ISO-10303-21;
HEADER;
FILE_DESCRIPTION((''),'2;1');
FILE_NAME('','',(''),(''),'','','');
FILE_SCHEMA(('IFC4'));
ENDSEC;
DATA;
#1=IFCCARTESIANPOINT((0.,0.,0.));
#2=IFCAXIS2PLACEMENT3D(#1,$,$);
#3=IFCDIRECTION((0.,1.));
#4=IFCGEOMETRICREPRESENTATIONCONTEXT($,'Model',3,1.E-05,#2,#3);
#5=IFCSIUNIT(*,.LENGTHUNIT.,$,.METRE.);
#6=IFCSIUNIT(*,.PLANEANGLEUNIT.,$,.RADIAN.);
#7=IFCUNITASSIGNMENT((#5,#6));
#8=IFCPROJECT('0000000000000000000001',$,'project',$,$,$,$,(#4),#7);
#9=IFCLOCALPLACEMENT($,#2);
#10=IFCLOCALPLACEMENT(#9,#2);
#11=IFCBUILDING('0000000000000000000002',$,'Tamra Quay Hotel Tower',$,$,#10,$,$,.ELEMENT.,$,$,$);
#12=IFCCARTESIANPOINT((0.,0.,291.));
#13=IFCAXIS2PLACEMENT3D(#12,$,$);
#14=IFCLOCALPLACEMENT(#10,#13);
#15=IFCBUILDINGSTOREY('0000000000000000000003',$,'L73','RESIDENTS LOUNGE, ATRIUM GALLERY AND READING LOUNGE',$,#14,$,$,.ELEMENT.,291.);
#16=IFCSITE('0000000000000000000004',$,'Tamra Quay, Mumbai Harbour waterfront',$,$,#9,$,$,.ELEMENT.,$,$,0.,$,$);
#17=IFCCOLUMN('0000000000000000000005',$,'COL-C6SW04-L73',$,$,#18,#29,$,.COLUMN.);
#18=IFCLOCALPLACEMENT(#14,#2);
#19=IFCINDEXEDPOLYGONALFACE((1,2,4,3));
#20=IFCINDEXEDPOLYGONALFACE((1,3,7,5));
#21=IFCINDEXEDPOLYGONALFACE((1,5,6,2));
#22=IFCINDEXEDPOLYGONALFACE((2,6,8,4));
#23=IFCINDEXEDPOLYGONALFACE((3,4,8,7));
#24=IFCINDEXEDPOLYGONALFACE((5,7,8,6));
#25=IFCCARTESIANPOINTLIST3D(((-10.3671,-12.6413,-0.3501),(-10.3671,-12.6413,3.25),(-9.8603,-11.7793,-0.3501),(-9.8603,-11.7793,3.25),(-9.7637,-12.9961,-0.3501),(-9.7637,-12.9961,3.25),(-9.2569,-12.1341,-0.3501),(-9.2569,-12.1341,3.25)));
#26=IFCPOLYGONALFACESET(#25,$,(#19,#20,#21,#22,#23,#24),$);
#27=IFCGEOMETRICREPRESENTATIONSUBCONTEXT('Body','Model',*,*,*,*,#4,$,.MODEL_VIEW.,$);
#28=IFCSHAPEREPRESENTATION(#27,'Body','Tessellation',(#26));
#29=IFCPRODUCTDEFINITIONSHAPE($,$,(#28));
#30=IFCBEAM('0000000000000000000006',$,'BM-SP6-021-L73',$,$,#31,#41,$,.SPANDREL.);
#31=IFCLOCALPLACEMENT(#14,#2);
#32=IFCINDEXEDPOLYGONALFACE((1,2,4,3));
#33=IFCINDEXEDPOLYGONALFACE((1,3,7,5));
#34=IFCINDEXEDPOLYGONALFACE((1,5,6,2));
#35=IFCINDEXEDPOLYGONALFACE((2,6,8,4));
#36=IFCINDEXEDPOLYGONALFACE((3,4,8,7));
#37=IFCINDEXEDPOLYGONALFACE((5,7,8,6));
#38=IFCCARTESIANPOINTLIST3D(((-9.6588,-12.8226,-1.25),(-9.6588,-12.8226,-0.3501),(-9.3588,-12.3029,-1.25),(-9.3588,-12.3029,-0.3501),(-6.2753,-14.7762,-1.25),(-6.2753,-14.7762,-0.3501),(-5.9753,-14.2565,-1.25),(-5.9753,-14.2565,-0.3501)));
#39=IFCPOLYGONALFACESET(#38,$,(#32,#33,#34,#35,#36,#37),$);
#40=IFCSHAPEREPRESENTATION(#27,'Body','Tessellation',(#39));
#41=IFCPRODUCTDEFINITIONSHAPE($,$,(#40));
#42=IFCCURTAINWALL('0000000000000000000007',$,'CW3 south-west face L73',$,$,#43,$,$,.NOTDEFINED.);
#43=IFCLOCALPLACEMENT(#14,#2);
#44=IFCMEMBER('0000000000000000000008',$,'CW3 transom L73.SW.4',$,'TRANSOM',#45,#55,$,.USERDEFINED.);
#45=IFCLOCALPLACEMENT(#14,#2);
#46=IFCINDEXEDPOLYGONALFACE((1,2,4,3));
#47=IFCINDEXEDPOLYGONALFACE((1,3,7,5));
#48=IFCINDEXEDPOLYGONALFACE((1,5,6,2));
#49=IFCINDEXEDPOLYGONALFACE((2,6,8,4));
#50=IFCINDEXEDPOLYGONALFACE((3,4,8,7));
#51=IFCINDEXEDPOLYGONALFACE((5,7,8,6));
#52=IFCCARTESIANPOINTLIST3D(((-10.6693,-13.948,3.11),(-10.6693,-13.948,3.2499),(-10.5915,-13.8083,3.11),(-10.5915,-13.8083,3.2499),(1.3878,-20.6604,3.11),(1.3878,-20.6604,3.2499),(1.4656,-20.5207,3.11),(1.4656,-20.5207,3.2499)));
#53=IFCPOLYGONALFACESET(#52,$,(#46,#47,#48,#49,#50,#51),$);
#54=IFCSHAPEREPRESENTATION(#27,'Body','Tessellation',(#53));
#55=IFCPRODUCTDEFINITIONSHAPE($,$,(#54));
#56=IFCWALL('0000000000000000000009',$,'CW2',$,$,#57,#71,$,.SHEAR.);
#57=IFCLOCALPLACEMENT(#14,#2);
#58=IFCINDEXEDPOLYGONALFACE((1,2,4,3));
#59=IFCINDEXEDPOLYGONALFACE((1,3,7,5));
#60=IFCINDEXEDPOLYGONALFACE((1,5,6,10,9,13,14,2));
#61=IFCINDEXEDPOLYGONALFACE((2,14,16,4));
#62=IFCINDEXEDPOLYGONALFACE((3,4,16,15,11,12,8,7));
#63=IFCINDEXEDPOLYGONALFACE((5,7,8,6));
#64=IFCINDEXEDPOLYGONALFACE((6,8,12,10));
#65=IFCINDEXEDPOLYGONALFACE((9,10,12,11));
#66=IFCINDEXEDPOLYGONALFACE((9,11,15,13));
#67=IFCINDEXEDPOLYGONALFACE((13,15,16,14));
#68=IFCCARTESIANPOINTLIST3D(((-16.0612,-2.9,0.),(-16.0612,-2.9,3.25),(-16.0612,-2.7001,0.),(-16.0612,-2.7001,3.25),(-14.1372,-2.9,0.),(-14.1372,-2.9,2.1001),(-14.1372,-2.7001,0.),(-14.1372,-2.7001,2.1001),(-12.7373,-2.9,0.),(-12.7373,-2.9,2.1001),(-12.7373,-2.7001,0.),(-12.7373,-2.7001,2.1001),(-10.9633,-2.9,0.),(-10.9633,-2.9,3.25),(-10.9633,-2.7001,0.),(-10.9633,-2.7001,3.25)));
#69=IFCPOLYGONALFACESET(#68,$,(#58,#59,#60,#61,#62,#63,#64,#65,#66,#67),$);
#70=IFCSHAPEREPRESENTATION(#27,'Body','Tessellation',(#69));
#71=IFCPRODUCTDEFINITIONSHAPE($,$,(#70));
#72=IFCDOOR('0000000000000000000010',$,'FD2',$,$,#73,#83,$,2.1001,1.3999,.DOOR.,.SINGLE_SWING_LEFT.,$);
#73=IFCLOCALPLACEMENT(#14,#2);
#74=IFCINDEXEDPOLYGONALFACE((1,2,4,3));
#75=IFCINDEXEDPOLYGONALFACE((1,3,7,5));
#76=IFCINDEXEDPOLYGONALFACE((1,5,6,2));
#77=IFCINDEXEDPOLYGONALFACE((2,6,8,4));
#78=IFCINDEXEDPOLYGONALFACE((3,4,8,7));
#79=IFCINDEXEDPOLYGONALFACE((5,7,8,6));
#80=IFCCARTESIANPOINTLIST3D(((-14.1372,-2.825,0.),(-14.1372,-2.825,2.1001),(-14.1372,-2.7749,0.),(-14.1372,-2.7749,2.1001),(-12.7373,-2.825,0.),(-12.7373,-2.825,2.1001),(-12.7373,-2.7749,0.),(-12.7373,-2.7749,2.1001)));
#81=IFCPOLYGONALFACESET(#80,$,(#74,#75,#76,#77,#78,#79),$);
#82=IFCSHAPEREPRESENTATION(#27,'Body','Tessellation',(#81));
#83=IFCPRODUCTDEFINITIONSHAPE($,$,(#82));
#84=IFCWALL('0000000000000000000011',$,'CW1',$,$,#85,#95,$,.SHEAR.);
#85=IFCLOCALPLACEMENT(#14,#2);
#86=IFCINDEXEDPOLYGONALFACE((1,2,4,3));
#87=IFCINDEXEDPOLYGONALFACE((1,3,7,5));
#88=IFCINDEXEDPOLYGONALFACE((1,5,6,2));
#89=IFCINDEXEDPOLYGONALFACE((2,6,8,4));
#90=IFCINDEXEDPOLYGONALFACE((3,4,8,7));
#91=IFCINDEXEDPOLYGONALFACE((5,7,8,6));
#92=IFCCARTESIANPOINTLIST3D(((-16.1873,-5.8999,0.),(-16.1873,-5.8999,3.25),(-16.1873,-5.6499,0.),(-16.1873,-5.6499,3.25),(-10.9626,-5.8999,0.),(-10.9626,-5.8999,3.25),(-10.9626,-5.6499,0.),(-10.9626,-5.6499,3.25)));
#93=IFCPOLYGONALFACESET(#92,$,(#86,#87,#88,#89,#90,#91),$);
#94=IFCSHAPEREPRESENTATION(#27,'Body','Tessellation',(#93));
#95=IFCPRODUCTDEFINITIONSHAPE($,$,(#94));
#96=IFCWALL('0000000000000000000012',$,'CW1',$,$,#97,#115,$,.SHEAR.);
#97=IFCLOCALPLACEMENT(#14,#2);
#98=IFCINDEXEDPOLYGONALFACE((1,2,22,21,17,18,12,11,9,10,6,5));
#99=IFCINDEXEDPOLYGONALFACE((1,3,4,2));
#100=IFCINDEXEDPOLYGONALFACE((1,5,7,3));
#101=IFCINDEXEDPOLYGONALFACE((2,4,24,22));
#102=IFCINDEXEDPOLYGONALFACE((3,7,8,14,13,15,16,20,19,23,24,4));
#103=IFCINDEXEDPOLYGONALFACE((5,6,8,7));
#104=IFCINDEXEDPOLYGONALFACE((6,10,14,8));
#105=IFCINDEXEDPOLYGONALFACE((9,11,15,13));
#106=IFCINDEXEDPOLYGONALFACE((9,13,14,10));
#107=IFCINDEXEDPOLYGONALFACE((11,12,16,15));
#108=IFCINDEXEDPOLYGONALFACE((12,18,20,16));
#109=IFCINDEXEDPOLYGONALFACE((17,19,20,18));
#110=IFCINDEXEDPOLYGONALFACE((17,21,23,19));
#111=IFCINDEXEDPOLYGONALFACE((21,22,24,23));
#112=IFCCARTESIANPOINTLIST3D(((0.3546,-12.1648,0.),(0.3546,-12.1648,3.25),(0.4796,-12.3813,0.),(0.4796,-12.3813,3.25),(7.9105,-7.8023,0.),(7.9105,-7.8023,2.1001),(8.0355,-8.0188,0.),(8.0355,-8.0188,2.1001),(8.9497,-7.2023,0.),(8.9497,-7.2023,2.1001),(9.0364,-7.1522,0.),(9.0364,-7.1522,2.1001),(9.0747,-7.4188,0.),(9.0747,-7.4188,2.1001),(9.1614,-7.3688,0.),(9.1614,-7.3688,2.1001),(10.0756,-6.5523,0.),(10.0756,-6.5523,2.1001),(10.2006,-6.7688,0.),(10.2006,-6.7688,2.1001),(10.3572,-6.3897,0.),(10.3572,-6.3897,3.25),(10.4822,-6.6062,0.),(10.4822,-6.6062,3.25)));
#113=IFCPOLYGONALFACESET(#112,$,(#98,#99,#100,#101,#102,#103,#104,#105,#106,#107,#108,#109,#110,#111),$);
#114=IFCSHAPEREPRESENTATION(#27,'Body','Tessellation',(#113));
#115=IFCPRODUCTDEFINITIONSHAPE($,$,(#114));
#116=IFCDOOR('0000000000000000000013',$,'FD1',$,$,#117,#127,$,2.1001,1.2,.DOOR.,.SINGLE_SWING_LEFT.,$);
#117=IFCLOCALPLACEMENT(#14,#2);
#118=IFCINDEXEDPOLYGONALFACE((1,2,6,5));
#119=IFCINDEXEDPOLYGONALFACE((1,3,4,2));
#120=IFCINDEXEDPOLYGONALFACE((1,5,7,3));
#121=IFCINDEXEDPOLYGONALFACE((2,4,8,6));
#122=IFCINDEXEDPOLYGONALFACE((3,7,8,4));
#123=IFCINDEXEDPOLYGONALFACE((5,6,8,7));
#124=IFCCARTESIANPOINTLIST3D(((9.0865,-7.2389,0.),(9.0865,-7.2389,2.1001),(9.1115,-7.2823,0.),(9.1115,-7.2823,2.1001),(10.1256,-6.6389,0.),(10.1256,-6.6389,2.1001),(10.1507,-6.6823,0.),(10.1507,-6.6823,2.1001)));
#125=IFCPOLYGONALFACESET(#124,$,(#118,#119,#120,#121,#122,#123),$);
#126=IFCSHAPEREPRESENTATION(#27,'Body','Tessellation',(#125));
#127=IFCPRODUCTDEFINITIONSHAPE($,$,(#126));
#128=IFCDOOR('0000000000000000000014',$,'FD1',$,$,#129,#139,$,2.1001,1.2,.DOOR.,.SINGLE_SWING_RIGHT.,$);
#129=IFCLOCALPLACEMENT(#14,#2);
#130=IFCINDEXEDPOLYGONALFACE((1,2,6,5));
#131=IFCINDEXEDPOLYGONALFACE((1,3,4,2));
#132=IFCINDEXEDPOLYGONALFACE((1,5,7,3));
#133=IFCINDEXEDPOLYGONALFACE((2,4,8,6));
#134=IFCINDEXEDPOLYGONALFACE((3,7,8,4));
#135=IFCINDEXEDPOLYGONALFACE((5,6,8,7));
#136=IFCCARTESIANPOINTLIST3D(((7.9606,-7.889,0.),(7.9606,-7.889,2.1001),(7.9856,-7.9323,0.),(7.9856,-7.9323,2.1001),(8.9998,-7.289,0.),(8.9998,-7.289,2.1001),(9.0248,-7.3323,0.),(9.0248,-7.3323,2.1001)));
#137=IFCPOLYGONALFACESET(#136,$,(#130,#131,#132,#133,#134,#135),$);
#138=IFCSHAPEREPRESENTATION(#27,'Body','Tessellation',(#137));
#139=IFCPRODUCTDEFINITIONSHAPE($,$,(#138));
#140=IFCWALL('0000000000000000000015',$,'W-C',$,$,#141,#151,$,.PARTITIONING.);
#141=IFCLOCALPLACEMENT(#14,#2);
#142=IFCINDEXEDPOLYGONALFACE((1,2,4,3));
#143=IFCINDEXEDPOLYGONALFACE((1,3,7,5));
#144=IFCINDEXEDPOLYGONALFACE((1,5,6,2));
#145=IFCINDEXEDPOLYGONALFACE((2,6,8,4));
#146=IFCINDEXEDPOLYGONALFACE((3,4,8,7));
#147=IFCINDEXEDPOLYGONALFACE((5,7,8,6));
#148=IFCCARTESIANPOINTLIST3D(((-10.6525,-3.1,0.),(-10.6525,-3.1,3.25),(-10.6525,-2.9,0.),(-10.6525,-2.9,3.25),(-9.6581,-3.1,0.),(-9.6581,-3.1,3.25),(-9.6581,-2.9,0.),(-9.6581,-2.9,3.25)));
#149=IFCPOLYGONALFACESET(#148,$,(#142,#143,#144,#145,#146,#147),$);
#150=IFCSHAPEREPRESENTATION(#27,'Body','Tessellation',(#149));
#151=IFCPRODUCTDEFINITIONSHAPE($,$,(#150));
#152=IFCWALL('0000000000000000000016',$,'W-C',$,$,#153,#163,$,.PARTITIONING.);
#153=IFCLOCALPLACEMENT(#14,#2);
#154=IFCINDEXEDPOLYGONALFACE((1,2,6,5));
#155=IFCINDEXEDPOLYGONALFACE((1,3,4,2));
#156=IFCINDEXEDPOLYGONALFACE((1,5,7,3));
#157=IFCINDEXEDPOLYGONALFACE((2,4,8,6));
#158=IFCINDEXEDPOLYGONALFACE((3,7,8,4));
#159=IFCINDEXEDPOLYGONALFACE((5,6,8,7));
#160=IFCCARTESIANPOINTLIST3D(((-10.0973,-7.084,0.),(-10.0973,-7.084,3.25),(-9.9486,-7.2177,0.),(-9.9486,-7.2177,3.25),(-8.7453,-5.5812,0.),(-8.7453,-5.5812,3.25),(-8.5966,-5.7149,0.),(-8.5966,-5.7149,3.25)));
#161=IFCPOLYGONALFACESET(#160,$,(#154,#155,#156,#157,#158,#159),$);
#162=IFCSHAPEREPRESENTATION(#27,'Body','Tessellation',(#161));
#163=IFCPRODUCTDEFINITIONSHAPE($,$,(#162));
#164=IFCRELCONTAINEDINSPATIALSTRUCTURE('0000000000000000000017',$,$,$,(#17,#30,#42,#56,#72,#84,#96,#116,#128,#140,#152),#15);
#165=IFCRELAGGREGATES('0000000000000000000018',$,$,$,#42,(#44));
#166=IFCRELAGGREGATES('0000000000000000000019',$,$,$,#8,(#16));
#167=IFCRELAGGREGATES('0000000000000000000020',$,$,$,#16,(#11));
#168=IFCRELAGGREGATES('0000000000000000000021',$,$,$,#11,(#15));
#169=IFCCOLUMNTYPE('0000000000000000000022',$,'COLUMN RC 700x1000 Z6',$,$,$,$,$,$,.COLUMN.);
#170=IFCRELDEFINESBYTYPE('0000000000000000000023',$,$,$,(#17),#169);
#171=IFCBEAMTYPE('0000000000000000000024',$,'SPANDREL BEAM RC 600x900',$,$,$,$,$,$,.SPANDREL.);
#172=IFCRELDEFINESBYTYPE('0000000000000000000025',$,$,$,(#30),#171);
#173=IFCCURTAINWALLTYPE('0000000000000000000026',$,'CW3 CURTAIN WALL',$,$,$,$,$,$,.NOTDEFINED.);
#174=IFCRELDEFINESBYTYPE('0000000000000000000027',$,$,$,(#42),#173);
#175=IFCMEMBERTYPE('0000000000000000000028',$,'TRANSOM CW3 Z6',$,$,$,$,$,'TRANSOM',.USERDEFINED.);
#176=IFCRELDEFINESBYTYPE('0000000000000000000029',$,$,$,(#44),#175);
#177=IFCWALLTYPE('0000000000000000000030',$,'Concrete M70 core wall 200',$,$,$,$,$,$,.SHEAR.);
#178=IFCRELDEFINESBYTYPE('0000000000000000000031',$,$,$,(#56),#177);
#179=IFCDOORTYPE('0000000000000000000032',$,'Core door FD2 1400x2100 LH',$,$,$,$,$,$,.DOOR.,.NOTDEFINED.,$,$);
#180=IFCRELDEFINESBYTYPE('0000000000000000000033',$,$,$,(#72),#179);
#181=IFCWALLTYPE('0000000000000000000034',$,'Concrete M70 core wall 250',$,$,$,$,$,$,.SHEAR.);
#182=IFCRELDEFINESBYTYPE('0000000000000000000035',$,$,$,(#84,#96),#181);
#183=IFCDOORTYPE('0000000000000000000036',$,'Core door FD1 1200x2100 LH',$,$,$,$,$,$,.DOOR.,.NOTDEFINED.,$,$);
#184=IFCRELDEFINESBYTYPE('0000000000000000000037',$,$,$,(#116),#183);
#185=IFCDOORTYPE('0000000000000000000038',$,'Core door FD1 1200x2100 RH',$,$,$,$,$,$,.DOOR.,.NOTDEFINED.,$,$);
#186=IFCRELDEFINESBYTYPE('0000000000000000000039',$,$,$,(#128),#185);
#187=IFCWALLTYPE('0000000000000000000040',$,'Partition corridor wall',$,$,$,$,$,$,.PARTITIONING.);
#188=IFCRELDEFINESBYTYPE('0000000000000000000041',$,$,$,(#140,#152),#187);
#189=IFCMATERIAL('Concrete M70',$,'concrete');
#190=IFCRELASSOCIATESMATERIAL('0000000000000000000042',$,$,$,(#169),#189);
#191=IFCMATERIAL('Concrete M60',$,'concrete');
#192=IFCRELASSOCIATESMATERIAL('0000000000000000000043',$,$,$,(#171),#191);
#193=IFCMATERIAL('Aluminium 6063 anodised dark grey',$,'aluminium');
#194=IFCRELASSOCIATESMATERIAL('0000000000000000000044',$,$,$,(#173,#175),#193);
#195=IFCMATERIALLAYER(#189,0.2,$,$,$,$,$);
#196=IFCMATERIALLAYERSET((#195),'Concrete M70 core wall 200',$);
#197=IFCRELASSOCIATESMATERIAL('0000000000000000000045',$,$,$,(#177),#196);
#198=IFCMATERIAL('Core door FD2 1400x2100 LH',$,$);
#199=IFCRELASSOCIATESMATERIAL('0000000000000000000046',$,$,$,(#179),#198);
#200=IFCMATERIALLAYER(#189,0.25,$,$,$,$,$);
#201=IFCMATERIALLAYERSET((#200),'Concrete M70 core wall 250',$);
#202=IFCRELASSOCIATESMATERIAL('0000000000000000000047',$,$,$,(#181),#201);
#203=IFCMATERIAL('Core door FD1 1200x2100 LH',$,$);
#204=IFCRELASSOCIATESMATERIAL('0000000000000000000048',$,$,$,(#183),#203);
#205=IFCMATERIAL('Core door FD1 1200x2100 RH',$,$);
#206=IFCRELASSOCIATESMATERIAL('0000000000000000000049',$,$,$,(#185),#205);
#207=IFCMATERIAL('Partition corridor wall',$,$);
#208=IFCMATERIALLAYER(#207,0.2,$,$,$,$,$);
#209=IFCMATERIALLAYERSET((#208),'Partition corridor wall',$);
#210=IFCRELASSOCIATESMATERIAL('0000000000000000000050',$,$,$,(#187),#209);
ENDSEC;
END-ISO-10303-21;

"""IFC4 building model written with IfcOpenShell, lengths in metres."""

from ifc_helpers import new_model, si_unit, direction, frame, frame_2d, origin, origin_2d, place, context, subcontext, project, spatial, rectangle, extrude, material, layer, layer_set, material_profile, profile_set, type_object, element, fill, aggregate, save


model = new_model("IFC4")

# Units and contexts
model_context = context("Model", 3, precision=1e-05, world=origin(), true_north=direction((0.0, 1.0)))
body_context = subcontext(model_context, "Body", "Model", "MODEL_VIEW")
ifc_project = project(units=[si_unit("LENGTHUNIT", "METRE"), si_unit("PLANEANGLEUNIT", "RADIAN")], contexts=[model_context])

# Site, building, storey
site_placement = place(None, origin())
site = spatial("IfcSite", under=ifc_project, at=site_placement, Name="Tamra Quay, Mumbai Harbour waterfront", CompositionType="ELEMENT", RefElevation=0.0)
building_placement = place(site_placement, origin())
building = spatial("IfcBuilding", under=site, at=building_placement, Name="Tamra Quay Hotel Tower", CompositionType="ELEMENT")
storey_placement = place(building_placement, frame((0.0, 0.0, 291.0)))
storey = spatial("IfcBuildingStorey", under=building, at=storey_placement, Name="L73", Description="RESIDENTS LOUNGE, ATRIUM GALLERY AND READING LOUNGE", CompositionType="ELEMENT", Elevation=291.0)

# Column
ifc_material_1 = material(Name="Concrete M70", Category="concrete")
ifc_material_profile_1 = material_profile(ifc_material_1, rectangle(XDim=1.0, YDim=0.7, at=origin_2d()), Name="COLUMN RC 700x1000 Z6")
ifc_profile_set_1 = profile_set([ifc_material_profile_1], Name="Concrete M70")
column_type = type_object("IfcColumnType", Name="COLUMN RC 700x1000 Z6", PredefinedType="COLUMN", material=ifc_profile_set_1)
column_placement = place(storey_placement, frame((-9.812, -12.3877, -0.3501), z_axis=(0.0, 0.0, 1.0), x_axis=(0.506843, 0.862038, 0.0)))
element("IfcColumn", 1, at=column_placement, inside=storey, type_object=column_type, Name="COL-C6SW04-L73", PredefinedType="COLUMN", context=body_context, shape_type="SweptSolid", body=[
    extrude(rectangle(XDim=1.0, YDim=0.7, at=origin_2d()), origin(), (0.0, 0.0, 1.0), 3.6001),
])

# Beam
ifc_material_2 = material(Name="Concrete M60", Category="concrete")
ifc_material_profile_2 = material_profile(ifc_material_2, rectangle(XDim=0.6001, YDim=0.8999, at=origin_2d()), Name="SPANDREL BEAM RC 600x900")
ifc_profile_set_2 = profile_set([ifc_material_profile_2], Name="Concrete M60")
beam_type = type_object("IfcBeamType", Name="SPANDREL BEAM RC 600x900", PredefinedType="SPANDREL", material=ifc_profile_set_2)
beam_placement = place(storey_placement, frame((-9.5088, -12.5627, -0.8), z_axis=(0.866012, -0.500024, 0.0), x_axis=(0.500024, 0.866012, 0.0)))
element("IfcBeam", 2, at=beam_placement, inside=storey, type_object=beam_type, Name="BM-SP6-021-L73", PredefinedType="SPANDREL", context=body_context, shape_type="SweptSolid", body=[
    extrude(rectangle(XDim=0.6001, YDim=0.8999, at=origin_2d()), origin(), (0.0, 0.0, 1.0), 3.907),
])

# Curtain wall, member
ifc_material_3 = material(Name="Aluminium 6063 anodised dark grey", Category="aluminium")
curtain_wall_type = type_object("IfcCurtainWallType", Name="CW3 CURTAIN WALL", PredefinedType="NOTDEFINED", material=ifc_material_3)
curtain_wall_placement = place(storey_placement, origin())
curtain_wall = element("IfcCurtainWall", 3, at=curtain_wall_placement, inside=storey, type_object=curtain_wall_type, Name="CW3 south-west face L73", PredefinedType="NOTDEFINED")
ifc_material_profile_3 = material_profile(ifc_material_3, rectangle(XDim=0.1599, YDim=0.1399, at=origin_2d()), Name="TRANSOM 160X140")
ifc_profile_set_3 = profile_set([ifc_material_profile_3], Name="Aluminium 6063 anodised dark grey")
member_type = type_object("IfcMemberType", Name="TRANSOM CW3 Z6", ElementType="TRANSOM", PredefinedType="USERDEFINED", material=ifc_profile_set_3)
member_placement = place(storey_placement, frame((-10.6304, -13.8782, 3.1799), z_axis=(0.873726, -0.486418, 0.0), x_axis=(0.486418, 0.873726, 0.0)))
member = element("IfcMember", 4, at=member_placement, type_object=member_type, Name="CW3 transom L73.SW.4", ObjectType="TRANSOM", PredefinedType="USERDEFINED", context=body_context, shape_type="SweptSolid", body=[
    extrude(rectangle(XDim=0.1599, YDim=0.1399, at=origin_2d()), origin(), (0.0, 0.0, 1.0), 13.7996),
])
aggregate(curtain_wall, [member])

# Wall, opening, door
ifc_layer_1 = layer(ifc_material_1, 0.2)
ifc_layer_set_1 = layer_set([ifc_layer_1], Name="Concrete M70 core wall 200")
wall_type_1 = type_object("IfcWallType", Name="Concrete M70 core wall 200", PredefinedType="SHEAR", material=ifc_layer_set_1)
wall_1_placement = place(storey_placement, frame((-10.9634, -2.8, 0.0), z_axis=(0.0, 0.0, 1.0), x_axis=(-1.0, 0.0, 0.0)))
wall_1 = element("IfcWall", 5, at=wall_1_placement, inside=storey, type_object=wall_type_1, Name="CW2", PredefinedType="SHEAR", context=body_context, shape_type="SweptSolid", body=[
    extrude(rectangle(XDim=5.0979, YDim=0.2, at=frame_2d((2.5488, 0.0))), origin(), (0.0, 0.0, 1.0), 3.25),
])
opening_1_placement = place(wall_1_placement, frame((1.7739, 0.0, 0.0)))
opening_1 = element("IfcOpeningElement", 6, at=opening_1_placement, cuts=wall_1, PredefinedType="OPENING", context=body_context, shape_type="SweptSolid", body=[
    extrude(rectangle(XDim=1.3999, YDim=2.1001, at=frame_2d((0.7, 1.05))), frame((0.0, 0.1099, 0.0), z_axis=(0.0, -1.0, 0.0), x_axis=(1.0, 0.0, 0.0)), (0.0, 0.0, 1.0), 0.22),
])
ifc_material_4 = material(Name="Core door FD2 1400x2100 LH")
door_type_1 = type_object("IfcDoorType", Name="Core door FD2 1400x2100 LH", OperationType="NOTDEFINED", PredefinedType="DOOR", material=ifc_material_4)
door_1_placement = place(opening_1_placement, origin())
door_1 = element("IfcDoor", 7, at=door_1_placement, inside=storey, type_object=door_type_1, Name="FD2", OperationType="SINGLE_SWING_LEFT", OverallHeight=2.1001, OverallWidth=1.3999, PredefinedType="DOOR", context=body_context, shape_type="SweptSolid", body=[
    extrude(rectangle(XDim=1.3999, YDim=2.1001, at=frame_2d((0.7, 1.05))), frame((0.0, 0.0249, 0.0), z_axis=(0.0, -1.0, 0.0), x_axis=(1.0, 0.0, 0.0)), (0.0, 0.0, 1.0), 0.05),
])
fill(opening_1, door_1)

# Wall
ifc_layer_2 = layer(ifc_material_1, 0.25)
ifc_layer_set_2 = layer_set([ifc_layer_2], Name="Concrete M70 core wall 250")
wall_type_2 = type_object("IfcWallType", Name="Concrete M70 core wall 250", PredefinedType="SHEAR", material=ifc_layer_set_2)
wall_2_placement = place(storey_placement, frame((-10.9626, -5.7749, 0.0), z_axis=(0.0, 0.0, 1.0), x_axis=(-1.0, 0.0, 0.0)))
element("IfcWall", 8, at=wall_2_placement, inside=storey, type_object=wall_type_2, Name="CW1", PredefinedType="SHEAR", context=body_context, shape_type="SweptSolid", body=[
    extrude(rectangle(XDim=5.2246, YDim=0.25, at=frame_2d((2.6123, 0.0))), origin(), (0.0, 0.0, 1.0), 3.25),
])

# Wall, openings, doors
wall_3_placement = place(storey_placement, frame((0.4172, -12.2729, 0.0), z_axis=(0.0, 0.0, 1.0), x_axis=(0.866022, 0.500006, 0.0)))
wall_3 = element("IfcWall", 9, at=wall_3_placement, inside=storey, type_object=wall_type_2, Name="CW1", PredefinedType="SHEAR", context=body_context, shape_type="SweptSolid", body=[
    extrude(rectangle(XDim=11.55, YDim=0.25, at=frame_2d((5.7749, 0.0))), origin(), (0.0, 0.0, 1.0), 3.25),
])
opening_2_placement = place(wall_3_placement, frame((10.0247, 0.0, 0.0)))
opening_2 = element("IfcOpeningElement", 10, at=opening_2_placement, cuts=wall_3, PredefinedType="OPENING", context=body_context, shape_type="SweptSolid", body=[
    extrude(rectangle(XDim=1.2, YDim=2.1001, at=frame_2d((0.6001, 1.05))), frame((0.0, 0.135, 0.0), z_axis=(0.0, -1.0, 0.0), x_axis=(1.0, 0.0, 0.0)), (0.0, 0.0, 1.0), 0.27),
])
opening_3_placement = place(wall_3_placement, frame((8.7246, 0.0, 0.0)))
opening_3 = element("IfcOpeningElement", 11, at=opening_3_placement, cuts=wall_3, PredefinedType="OPENING", context=body_context, shape_type="SweptSolid", body=[
    extrude(rectangle(XDim=1.2, YDim=2.1001, at=frame_2d((0.6001, 1.05))), frame((0.0, 0.135, 0.0), z_axis=(0.0, -1.0, 0.0), x_axis=(1.0, 0.0, 0.0)), (0.0, 0.0, 1.0), 0.27),
])
ifc_material_5 = material(Name="Core door FD1 1200x2100 LH")
door_type_2 = type_object("IfcDoorType", Name="Core door FD1 1200x2100 LH", OperationType="NOTDEFINED", PredefinedType="DOOR", material=ifc_material_5)
door_2_placement = place(opening_2_placement, origin())
door_2 = element("IfcDoor", 12, at=door_2_placement, inside=storey, type_object=door_type_2, Name="FD1", OperationType="SINGLE_SWING_LEFT", OverallHeight=2.1001, OverallWidth=1.2, PredefinedType="DOOR", context=body_context, shape_type="SweptSolid", body=[
    extrude(rectangle(XDim=1.2, YDim=2.1001, at=frame_2d((0.6001, 1.05))), frame((0.0, 0.0249, 0.0), z_axis=(0.0, -1.0, 0.0), x_axis=(1.0, 0.0, 0.0)), (0.0, 0.0, 1.0), 0.05),
])
fill(opening_2, door_2)
ifc_material_6 = material(Name="Core door FD1 1200x2100 RH")
door_type_3 = type_object("IfcDoorType", Name="Core door FD1 1200x2100 RH", OperationType="NOTDEFINED", PredefinedType="DOOR", material=ifc_material_6)
door_3_placement = place(opening_3_placement, origin())
door_3 = element("IfcDoor", 13, at=door_3_placement, inside=storey, type_object=door_type_3, Name="FD1", OperationType="SINGLE_SWING_RIGHT", OverallHeight=2.1001, OverallWidth=1.2, PredefinedType="DOOR", context=body_context, shape_type="SweptSolid", body=[
    extrude(rectangle(XDim=1.2, YDim=2.1001, at=frame_2d((0.6001, 1.05))), frame((0.0, 0.0249, 0.0), z_axis=(0.0, -1.0, 0.0), x_axis=(1.0, 0.0, 0.0)), (0.0, 0.0, 1.0), 0.05),
])
fill(opening_3, door_3)

# Walls
ifc_material_7 = material(Name="Partition corridor wall")
ifc_layer_3 = layer(ifc_material_7, 0.2)
ifc_layer_set_3 = layer_set([ifc_layer_3], Name="Partition corridor wall")
wall_type_3 = type_object("IfcWallType", Name="Partition corridor wall", PredefinedType="PARTITIONING", material=ifc_layer_set_3)
wall_4_placement = place(storey_placement, frame((-10.6523, -3.0, 0.0), z_axis=(0.0, 0.0, 1.0), x_axis=(1.0, 0.0, 0.0)))
element("IfcWall", 14, at=wall_4_placement, inside=storey, type_object=wall_type_3, Name="W-C", PredefinedType="PARTITIONING", context=body_context, shape_type="SweptSolid", body=[
    extrude(rectangle(XDim=0.9944, YDim=0.2, at=frame_2d((0.4971, 0.0))), origin(), (0.0, 0.0, 1.0), 3.25),
])
wall_5_placement = place(storey_placement, frame((-10.0229, -7.1509, 0.0), z_axis=(0.0, 0.0, 1.0), x_axis=(0.668805, 0.743438, 0.0)))
element("IfcWall", 15, at=wall_5_placement, inside=storey, type_object=wall_type_3, Name="W-C", PredefinedType="PARTITIONING", context=body_context, shape_type="SweptSolid", body=[
    extrude(rectangle(XDim=2.0215, YDim=0.2, at=frame_2d((1.0107, 0.0))), origin(), (0.0, 0.0, 1.0), 3.25),
])

save(model, "model.ifc")
